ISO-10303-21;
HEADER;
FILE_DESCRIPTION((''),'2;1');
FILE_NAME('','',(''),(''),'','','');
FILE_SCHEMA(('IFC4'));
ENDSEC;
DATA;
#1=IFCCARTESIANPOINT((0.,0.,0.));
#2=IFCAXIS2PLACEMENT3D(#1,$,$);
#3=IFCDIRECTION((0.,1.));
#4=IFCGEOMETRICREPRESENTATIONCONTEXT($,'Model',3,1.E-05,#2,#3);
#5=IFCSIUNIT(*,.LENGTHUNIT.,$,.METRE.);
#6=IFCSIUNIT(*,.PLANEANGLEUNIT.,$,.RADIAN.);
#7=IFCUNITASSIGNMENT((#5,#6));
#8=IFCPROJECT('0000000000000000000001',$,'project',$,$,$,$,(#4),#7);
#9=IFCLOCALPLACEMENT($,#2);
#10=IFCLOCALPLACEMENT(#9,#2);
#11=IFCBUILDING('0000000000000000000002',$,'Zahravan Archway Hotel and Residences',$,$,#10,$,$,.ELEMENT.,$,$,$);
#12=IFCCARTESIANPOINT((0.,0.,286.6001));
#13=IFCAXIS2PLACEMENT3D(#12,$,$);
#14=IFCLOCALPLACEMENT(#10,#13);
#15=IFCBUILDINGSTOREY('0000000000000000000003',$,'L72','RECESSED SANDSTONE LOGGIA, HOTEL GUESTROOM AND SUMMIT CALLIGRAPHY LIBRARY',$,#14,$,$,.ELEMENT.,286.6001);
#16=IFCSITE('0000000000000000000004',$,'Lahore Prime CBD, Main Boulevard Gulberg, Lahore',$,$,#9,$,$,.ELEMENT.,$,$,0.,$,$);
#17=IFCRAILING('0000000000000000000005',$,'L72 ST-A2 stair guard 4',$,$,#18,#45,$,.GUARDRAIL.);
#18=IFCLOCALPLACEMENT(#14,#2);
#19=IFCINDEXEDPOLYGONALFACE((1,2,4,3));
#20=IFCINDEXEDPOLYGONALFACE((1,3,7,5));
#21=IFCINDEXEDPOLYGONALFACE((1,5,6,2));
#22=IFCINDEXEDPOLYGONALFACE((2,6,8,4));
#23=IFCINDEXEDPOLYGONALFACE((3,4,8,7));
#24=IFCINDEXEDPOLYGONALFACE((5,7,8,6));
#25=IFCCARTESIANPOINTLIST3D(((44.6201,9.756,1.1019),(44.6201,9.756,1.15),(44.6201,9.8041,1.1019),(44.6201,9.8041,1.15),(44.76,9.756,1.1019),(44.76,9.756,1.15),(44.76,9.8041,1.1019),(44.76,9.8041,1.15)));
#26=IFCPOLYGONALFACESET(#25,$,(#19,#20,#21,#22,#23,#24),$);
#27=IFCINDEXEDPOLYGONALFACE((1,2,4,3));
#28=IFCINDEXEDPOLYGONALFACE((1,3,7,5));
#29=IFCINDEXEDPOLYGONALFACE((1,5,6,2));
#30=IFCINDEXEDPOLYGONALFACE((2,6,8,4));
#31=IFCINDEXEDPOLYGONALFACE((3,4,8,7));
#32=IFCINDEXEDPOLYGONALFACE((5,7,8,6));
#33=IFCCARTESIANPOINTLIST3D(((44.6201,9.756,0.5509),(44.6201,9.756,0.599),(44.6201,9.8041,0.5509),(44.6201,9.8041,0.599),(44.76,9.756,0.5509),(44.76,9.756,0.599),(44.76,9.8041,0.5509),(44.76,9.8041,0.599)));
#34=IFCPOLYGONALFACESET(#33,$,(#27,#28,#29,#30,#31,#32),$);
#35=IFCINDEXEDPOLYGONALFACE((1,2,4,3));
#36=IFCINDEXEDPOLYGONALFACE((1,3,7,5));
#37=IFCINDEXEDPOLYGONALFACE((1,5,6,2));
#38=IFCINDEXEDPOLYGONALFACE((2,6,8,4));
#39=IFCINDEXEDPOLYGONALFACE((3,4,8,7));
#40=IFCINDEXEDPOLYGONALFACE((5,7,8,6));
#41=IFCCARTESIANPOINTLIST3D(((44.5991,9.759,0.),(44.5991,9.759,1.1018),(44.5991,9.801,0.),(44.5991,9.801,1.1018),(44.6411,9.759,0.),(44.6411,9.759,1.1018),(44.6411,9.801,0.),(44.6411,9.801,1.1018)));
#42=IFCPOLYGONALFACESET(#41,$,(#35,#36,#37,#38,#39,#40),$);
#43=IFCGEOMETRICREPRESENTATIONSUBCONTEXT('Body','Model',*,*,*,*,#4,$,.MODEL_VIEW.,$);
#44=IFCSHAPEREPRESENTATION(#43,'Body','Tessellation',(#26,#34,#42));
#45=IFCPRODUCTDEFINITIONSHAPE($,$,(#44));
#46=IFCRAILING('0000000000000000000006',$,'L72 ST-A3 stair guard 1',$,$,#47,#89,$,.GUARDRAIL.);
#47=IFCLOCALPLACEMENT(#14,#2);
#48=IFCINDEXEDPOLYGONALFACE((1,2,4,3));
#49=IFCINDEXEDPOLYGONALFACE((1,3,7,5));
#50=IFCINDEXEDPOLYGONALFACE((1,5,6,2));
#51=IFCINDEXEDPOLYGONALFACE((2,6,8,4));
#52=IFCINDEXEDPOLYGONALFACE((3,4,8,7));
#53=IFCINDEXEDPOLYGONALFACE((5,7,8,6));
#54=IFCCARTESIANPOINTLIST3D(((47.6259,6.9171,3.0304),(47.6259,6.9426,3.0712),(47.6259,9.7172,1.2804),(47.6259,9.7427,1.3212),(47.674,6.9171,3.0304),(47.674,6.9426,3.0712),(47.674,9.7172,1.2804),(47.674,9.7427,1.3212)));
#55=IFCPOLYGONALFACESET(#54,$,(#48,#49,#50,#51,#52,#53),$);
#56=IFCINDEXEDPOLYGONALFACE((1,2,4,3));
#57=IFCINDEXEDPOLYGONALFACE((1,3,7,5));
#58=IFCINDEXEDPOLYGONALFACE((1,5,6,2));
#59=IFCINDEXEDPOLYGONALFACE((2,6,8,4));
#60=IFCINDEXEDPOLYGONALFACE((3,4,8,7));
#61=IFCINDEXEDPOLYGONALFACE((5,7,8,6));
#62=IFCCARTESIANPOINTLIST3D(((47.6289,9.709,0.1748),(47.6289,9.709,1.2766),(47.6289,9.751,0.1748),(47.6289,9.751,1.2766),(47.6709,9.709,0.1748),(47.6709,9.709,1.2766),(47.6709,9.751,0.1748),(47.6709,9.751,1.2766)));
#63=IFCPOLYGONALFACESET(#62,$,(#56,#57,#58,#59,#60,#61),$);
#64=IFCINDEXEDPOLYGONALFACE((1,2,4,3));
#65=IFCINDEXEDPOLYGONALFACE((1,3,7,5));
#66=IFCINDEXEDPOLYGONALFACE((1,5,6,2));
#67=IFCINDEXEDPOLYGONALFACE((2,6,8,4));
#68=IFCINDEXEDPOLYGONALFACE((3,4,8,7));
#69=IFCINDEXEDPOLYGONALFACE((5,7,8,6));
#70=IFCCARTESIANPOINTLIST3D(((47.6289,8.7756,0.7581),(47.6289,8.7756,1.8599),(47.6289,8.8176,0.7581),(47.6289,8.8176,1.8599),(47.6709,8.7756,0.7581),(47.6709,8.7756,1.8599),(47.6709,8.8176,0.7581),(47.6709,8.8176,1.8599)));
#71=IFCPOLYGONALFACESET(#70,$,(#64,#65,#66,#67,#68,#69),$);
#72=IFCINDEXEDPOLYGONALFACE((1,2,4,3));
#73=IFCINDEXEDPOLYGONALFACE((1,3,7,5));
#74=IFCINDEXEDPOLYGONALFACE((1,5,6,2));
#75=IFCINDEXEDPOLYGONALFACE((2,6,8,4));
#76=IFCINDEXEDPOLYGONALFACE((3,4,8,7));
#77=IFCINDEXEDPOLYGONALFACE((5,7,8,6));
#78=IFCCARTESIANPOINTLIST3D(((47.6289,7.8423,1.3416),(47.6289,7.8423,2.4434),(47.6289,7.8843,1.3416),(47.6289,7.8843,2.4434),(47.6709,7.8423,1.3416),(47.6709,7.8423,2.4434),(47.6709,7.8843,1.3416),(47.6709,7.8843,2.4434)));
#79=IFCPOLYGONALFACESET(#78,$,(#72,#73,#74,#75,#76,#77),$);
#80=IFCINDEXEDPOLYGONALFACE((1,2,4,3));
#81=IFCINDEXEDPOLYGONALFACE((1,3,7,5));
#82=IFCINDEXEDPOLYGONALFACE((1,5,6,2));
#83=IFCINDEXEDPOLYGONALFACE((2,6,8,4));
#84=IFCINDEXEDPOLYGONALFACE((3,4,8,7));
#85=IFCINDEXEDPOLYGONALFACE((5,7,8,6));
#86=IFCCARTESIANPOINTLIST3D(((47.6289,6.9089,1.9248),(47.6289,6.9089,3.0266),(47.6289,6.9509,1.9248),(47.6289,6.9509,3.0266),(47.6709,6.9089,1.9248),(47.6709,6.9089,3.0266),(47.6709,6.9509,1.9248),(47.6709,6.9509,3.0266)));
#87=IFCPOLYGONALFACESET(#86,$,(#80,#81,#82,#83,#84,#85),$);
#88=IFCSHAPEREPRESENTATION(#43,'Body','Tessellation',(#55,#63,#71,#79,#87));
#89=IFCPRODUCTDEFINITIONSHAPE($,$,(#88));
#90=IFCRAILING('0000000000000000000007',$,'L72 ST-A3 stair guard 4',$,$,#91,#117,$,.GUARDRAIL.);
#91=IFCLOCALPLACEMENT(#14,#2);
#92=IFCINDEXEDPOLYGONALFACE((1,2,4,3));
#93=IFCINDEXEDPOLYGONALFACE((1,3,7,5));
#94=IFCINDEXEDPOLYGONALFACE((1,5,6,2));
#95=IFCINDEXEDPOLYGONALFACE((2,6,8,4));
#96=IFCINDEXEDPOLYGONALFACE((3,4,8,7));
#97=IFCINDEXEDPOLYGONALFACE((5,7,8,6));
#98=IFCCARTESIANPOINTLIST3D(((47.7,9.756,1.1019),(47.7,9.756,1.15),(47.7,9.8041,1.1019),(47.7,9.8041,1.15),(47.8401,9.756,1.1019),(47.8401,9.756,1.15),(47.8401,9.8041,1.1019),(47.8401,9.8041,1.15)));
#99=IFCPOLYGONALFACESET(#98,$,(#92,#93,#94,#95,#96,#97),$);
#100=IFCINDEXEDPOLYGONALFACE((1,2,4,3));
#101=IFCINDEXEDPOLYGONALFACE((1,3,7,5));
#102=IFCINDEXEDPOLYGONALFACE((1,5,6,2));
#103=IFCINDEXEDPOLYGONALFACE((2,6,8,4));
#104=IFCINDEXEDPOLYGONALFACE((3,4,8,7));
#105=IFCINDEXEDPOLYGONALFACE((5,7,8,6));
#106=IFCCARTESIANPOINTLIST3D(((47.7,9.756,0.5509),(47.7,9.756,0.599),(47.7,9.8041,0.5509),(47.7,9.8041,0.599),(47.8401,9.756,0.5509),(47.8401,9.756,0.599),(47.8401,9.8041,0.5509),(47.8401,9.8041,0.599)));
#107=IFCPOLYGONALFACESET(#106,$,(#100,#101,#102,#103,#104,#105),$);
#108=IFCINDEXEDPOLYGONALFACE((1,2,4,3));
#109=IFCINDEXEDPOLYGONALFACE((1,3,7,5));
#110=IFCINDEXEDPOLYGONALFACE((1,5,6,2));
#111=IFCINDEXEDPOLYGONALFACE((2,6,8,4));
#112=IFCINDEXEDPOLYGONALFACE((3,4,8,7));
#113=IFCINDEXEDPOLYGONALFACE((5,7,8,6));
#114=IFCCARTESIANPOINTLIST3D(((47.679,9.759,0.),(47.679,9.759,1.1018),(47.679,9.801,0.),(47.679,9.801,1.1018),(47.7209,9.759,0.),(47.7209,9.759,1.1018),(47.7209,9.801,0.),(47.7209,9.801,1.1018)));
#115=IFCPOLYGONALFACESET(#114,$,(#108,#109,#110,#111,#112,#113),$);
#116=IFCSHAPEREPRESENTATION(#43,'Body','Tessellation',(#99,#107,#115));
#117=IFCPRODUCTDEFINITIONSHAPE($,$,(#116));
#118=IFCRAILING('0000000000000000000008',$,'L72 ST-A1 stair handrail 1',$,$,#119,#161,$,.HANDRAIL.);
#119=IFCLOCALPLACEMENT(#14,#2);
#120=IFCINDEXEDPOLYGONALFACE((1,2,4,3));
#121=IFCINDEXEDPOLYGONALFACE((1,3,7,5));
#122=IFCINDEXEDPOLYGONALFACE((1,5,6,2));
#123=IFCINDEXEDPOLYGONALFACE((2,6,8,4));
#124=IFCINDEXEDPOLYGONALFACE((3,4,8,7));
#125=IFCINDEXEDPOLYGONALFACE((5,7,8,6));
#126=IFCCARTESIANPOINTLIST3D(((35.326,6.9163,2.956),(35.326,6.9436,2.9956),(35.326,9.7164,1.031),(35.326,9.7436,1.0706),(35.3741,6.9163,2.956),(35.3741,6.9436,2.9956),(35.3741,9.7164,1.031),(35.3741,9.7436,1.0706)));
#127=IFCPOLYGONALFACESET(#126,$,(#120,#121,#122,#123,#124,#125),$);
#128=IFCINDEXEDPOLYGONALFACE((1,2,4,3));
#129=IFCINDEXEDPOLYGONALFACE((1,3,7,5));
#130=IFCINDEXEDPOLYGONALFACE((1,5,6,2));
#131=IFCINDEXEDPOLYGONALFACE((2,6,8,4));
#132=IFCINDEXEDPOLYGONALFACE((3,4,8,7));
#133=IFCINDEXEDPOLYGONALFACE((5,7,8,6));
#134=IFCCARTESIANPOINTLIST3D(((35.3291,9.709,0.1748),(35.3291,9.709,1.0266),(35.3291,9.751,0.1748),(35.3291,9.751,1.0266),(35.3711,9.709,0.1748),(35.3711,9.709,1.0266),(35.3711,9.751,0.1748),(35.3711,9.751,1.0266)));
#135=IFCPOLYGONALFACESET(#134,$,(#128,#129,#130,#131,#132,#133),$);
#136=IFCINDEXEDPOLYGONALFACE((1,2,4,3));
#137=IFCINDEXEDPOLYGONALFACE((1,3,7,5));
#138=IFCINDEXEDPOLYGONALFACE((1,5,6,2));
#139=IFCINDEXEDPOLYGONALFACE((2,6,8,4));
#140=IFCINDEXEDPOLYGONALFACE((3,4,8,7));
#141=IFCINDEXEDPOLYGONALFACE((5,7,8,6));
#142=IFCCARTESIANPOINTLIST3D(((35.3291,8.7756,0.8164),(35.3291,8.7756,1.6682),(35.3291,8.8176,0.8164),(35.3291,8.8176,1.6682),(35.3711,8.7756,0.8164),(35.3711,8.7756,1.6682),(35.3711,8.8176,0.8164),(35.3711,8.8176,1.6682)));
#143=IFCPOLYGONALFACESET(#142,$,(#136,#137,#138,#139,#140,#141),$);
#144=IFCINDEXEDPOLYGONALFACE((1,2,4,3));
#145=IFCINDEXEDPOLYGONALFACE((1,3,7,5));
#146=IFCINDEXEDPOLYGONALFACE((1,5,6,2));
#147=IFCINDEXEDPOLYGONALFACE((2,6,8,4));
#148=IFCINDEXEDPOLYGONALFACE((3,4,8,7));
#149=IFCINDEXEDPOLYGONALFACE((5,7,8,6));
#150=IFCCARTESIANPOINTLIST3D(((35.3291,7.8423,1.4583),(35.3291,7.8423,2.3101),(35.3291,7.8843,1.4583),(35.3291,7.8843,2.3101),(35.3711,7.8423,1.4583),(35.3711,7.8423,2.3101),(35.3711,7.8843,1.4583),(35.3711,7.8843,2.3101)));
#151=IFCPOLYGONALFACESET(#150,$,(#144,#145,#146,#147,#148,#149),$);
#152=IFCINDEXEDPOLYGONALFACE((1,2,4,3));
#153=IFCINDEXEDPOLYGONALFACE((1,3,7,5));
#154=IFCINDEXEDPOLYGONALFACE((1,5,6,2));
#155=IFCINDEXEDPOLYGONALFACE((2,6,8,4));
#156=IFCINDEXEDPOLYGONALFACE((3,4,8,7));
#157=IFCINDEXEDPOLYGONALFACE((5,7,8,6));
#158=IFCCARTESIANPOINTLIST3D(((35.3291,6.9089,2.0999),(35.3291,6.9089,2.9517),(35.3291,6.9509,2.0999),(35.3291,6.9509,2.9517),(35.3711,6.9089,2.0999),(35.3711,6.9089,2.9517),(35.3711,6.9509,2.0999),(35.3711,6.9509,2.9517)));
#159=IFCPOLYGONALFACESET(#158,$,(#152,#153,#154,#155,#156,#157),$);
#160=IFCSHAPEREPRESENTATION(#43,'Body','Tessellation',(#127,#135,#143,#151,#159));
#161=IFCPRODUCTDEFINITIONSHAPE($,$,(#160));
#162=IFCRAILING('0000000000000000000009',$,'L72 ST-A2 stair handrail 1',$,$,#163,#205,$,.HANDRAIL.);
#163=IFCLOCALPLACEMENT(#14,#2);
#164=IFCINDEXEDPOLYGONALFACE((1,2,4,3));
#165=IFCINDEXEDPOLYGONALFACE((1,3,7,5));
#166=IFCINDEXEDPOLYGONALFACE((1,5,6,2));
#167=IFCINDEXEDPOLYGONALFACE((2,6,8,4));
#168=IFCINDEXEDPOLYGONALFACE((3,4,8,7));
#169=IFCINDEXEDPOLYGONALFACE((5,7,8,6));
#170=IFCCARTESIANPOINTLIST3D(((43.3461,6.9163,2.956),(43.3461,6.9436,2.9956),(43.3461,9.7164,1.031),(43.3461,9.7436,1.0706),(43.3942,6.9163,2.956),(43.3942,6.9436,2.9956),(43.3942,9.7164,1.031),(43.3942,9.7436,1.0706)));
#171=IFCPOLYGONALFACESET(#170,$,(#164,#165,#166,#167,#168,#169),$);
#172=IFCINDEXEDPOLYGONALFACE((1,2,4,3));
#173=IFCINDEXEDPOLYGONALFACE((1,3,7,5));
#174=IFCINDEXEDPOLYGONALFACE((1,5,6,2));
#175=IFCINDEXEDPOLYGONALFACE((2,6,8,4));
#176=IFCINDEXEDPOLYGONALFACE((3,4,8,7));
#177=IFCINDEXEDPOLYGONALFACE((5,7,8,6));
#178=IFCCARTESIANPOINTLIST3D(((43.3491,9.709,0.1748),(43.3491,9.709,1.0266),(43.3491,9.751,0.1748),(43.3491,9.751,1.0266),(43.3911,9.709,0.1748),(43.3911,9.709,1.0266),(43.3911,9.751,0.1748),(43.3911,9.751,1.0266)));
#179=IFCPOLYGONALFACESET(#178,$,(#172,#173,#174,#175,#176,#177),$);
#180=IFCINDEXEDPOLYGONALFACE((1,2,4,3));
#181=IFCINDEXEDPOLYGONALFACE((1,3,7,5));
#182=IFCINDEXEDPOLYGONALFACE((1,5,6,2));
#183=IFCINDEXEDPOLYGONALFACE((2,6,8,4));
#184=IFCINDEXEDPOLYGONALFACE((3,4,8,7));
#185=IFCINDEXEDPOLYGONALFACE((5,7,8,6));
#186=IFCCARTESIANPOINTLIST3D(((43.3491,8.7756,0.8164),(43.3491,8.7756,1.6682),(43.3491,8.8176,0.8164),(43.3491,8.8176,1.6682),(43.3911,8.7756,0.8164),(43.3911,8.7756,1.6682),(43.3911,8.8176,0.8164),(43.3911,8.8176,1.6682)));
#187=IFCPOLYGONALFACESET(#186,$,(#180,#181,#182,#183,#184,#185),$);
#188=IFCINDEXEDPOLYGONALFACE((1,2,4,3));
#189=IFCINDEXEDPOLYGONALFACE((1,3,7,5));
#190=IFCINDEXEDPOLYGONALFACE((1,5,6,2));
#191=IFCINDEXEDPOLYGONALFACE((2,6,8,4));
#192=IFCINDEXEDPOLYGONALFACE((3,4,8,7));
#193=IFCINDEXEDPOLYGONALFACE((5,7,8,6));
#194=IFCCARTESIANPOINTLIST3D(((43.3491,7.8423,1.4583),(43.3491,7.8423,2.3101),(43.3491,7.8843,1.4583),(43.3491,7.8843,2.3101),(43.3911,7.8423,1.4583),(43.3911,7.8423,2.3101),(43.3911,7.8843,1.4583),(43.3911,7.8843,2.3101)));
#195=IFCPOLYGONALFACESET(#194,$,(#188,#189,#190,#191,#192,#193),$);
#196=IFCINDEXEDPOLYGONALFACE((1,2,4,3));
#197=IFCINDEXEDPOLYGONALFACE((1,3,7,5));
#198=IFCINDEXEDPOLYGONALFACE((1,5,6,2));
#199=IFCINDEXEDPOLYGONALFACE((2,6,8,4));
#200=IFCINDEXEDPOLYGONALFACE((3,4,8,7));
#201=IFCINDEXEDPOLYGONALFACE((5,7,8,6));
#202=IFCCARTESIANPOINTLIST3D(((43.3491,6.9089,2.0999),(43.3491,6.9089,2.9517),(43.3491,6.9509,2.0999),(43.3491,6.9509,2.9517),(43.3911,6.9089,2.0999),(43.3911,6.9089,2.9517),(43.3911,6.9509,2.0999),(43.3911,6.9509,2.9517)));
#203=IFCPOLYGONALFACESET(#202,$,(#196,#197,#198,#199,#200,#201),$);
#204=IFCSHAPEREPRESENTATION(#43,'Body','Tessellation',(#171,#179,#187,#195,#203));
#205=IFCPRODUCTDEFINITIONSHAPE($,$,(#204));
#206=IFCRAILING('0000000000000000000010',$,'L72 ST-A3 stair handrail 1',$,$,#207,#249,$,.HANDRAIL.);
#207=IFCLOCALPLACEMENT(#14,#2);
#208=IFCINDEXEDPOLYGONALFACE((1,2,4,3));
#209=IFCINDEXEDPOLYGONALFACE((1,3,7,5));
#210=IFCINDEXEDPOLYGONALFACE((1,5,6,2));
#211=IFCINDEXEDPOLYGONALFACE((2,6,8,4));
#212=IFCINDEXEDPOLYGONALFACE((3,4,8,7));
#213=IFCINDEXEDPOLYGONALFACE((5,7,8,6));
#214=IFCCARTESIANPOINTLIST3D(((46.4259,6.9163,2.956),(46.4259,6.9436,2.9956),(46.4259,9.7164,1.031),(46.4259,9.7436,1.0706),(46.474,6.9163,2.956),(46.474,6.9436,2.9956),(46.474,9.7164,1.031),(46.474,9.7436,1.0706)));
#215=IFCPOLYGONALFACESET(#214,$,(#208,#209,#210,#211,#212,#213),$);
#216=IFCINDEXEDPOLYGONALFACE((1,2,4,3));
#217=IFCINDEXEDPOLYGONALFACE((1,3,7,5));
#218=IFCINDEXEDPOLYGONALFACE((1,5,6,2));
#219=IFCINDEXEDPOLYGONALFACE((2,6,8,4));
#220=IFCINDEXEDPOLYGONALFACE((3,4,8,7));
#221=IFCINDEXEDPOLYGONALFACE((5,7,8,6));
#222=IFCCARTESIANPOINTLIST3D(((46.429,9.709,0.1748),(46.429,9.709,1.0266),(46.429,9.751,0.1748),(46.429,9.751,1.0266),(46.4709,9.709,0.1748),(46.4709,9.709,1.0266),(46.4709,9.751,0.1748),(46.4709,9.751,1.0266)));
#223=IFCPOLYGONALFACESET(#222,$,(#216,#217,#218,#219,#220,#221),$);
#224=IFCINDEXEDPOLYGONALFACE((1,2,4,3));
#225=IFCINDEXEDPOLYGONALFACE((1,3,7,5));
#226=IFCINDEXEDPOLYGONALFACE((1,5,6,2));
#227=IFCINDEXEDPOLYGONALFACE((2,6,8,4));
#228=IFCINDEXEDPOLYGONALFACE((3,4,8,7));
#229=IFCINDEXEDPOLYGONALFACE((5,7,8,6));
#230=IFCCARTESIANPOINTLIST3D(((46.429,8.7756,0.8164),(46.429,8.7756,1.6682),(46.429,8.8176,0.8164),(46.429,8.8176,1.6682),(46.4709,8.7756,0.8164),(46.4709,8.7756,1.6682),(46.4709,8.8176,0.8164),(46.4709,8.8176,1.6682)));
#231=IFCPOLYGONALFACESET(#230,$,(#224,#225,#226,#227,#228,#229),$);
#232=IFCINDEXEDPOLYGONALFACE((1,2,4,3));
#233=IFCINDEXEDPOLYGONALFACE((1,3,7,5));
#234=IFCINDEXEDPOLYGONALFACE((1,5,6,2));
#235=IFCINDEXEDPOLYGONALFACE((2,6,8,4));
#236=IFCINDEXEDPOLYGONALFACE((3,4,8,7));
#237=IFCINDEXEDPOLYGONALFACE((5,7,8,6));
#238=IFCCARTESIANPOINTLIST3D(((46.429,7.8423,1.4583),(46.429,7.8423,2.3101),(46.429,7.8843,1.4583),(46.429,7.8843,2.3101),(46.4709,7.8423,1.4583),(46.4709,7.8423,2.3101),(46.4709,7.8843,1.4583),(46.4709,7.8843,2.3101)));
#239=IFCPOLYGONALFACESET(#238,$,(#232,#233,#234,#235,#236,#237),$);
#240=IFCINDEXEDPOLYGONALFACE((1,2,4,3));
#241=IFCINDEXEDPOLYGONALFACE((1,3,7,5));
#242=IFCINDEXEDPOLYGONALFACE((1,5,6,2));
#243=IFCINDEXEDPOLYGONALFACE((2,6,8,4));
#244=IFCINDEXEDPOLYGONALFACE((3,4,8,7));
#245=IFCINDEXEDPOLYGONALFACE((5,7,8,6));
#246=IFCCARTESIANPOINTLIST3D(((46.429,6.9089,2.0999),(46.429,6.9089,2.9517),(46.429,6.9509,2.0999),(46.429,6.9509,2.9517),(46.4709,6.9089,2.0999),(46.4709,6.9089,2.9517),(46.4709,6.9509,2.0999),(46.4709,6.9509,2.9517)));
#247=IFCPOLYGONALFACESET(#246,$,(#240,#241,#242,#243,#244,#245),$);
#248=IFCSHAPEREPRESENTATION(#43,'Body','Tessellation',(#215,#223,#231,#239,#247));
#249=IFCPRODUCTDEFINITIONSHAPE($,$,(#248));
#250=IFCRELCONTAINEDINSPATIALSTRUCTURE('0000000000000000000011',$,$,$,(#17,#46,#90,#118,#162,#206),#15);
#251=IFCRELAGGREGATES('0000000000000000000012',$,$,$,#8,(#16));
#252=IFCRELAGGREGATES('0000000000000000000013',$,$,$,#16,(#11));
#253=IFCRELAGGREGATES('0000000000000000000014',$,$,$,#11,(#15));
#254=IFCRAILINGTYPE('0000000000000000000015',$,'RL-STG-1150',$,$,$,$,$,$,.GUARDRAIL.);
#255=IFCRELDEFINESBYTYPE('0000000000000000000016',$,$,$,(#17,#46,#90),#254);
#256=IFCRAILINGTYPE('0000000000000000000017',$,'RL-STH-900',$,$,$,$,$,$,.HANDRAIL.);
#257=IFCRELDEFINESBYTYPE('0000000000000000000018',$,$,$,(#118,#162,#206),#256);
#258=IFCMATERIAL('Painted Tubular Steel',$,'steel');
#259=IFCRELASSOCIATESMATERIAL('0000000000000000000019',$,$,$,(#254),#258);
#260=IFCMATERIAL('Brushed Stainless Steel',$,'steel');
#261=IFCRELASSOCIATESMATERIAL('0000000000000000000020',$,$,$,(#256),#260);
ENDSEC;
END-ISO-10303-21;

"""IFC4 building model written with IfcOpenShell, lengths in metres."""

from ifc_helpers import new_model, si_unit, direction, frame, origin, origin_2d, place, context, subcontext, project, spatial, rectangle, extrude, material, type_object, element, save


model = new_model("IFC4")

# Units and contexts
model_context = context("Model", 3, precision=1e-05, world=origin(), true_north=direction((0.0, 1.0)))
body_context = subcontext(model_context, "Body", "Model", "MODEL_VIEW")
ifc_project = project(units=[si_unit("LENGTHUNIT", "METRE"), si_unit("PLANEANGLEUNIT", "RADIAN")], contexts=[model_context])

# Site, building, storey
site_placement = place(None, origin())
site = spatial("IfcSite", under=ifc_project, at=site_placement, Name="Lahore Prime CBD, Main Boulevard Gulberg, Lahore", CompositionType="ELEMENT", RefElevation=0.0)
building_placement = place(site_placement, origin())
building = spatial("IfcBuilding", under=site, at=building_placement, Name="Zahravan Archway Hotel and Residences", CompositionType="ELEMENT")
storey_placement = place(building_placement, frame((0.0, 0.0, 286.6001)))
storey = spatial("IfcBuildingStorey", under=building, at=storey_placement, Name="L72", Description="RECESSED SANDSTONE LOGGIA, HOTEL GUESTROOM AND SUMMIT CALLIGRAPHY LIBRARY", CompositionType="ELEMENT", Elevation=286.6001)

# Shared definitions
ifc_material_1 = material(Name="Brushed Stainless Steel", Category="steel")

# Railings
ifc_material_2 = material(Name="Painted Tubular Steel", Category="steel")
railing_type_1 = type_object("IfcRailingType", Name="RL-STG-1150", PredefinedType="GUARDRAIL", material=ifc_material_2)
railing_1_placement = place(storey_placement, frame((44.6201, 9.78, 0.0)))
element("IfcRailing", 1, at=railing_1_placement, inside=storey, type_object=railing_type_1, Name="L72 ST-A2 stair guard 4", PredefinedType="GUARDRAIL", context=body_context, shape_type="SweptSolid", body=[
    extrude(rectangle(XDim=0.0481, YDim=0.0481, at=origin_2d()), frame((0.0, 0.0, 1.126), z_axis=(1.0, 0.0, 0.0), x_axis=(0.0, 1.0, 0.0)), (0.0, 0.0, 1.0), 0.1399),
    extrude(rectangle(XDim=0.0481, YDim=0.0481, at=origin_2d()), frame((0.0, 0.0, 0.575), z_axis=(1.0, 0.0, 0.0), x_axis=(0.0, 1.0, 0.0)), (0.0, 0.0, 1.0), 0.1399),
    extrude(rectangle(XDim=0.042, YDim=0.042, at=origin_2d()), origin(), (0.0, 0.0, 1.0), 1.1018),
])
railing_2_placement = place(storey_placement, frame((47.6499, 9.73, 0.1748)))
element("IfcRailing", 2, at=railing_2_placement, inside=storey, type_object=railing_type_1, Name="L72 ST-A3 stair guard 1", PredefinedType="GUARDRAIL", context=body_context, shape_type="SweptSolid", body=[
    extrude(rectangle(XDim=0.0481, YDim=0.0481, at=origin_2d()), frame((0.0, 0.0, 1.126), z_axis=(0.0, -0.848002, 0.529992), x_axis=(1.0, 0.0, 0.0)), (0.0, 0.0, 1.0), 3.302),
    extrude(rectangle(XDim=0.042, YDim=0.042, at=origin_2d()), origin(), (0.0, 0.0, 1.0), 1.1018),
    extrude(rectangle(XDim=0.042, YDim=0.042, at=origin_2d()), frame((0.0, -0.9333, 0.5833)), (0.0, 0.0, 1.0), 1.1018),
    extrude(rectangle(XDim=0.042, YDim=0.042, at=origin_2d()), frame((0.0, -1.8667, 1.1667)), (0.0, 0.0, 1.0), 1.1018),
    extrude(rectangle(XDim=0.042, YDim=0.042, at=origin_2d()), frame((0.0, -2.8, 1.75)), (0.0, 0.0, 1.0), 1.1018),
])
railing_3_placement = place(storey_placement, frame((47.7, 9.78, 0.0)))
element("IfcRailing", 3, at=railing_3_placement, inside=storey, type_object=railing_type_1, Name="L72 ST-A3 stair guard 4", PredefinedType="GUARDRAIL", context=body_context, shape_type="SweptSolid", body=[
    extrude(rectangle(XDim=0.0481, YDim=0.0481, at=origin_2d()), frame((0.0, 0.0, 1.126), z_axis=(1.0, 0.0, 0.0), x_axis=(0.0, 1.0, 0.0)), (0.0, 0.0, 1.0), 0.1401),
    extrude(rectangle(XDim=0.0481, YDim=0.0481, at=origin_2d()), frame((0.0, 0.0, 0.575), z_axis=(1.0, 0.0, 0.0), x_axis=(0.0, 1.0, 0.0)), (0.0, 0.0, 1.0), 0.1401),
    extrude(rectangle(XDim=0.042, YDim=0.042, at=origin_2d()), origin(), (0.0, 0.0, 1.0), 1.1018),
])
railing_type_2 = type_object("IfcRailingType", Name="RL-STH-900", PredefinedType="HANDRAIL", material=ifc_material_1)
for number, where, name in (
    (4, (35.3501, 9.73, 0.1748), "L72 ST-A1 stair handrail 1"),
    (5, (43.3701, 9.73, 0.1748), "L72 ST-A2 stair handrail 1"),
    (6, (46.45, 9.73, 0.1748), "L72 ST-A3 stair handrail 1"),
):
    element("IfcRailing", number, at=place(storey_placement, frame(where)), inside=storey, type_object=railing_type_2, Name=name, PredefinedType="HANDRAIL", context=body_context, shape_type="SweptSolid", body=[
        extrude(rectangle(XDim=0.0481, YDim=0.0481, at=origin_2d()), frame((0.0, 0.0, 0.876), z_axis=(0.0, -0.82404, 0.566532), x_axis=(1.0, 0.0, 0.0)), (0.0, 0.0, 1.0), 3.3979),
        extrude(rectangle(XDim=0.042, YDim=0.042, at=origin_2d()), origin(), (0.0, 0.0, 1.0), 0.8518),
        extrude(rectangle(XDim=0.042, YDim=0.042, at=origin_2d()), frame((0.0, -0.9333, 0.6416)), (0.0, 0.0, 1.0), 0.8518),
        extrude(rectangle(XDim=0.042, YDim=0.042, at=origin_2d()), frame((0.0, -1.8667, 1.2834)), (0.0, 0.0, 1.0), 0.8518),
        extrude(rectangle(XDim=0.042, YDim=0.042, at=origin_2d()), frame((0.0, -2.8, 1.925)), (0.0, 0.0, 1.0), 0.8518),
    ])

save(model, "model.ifc")
